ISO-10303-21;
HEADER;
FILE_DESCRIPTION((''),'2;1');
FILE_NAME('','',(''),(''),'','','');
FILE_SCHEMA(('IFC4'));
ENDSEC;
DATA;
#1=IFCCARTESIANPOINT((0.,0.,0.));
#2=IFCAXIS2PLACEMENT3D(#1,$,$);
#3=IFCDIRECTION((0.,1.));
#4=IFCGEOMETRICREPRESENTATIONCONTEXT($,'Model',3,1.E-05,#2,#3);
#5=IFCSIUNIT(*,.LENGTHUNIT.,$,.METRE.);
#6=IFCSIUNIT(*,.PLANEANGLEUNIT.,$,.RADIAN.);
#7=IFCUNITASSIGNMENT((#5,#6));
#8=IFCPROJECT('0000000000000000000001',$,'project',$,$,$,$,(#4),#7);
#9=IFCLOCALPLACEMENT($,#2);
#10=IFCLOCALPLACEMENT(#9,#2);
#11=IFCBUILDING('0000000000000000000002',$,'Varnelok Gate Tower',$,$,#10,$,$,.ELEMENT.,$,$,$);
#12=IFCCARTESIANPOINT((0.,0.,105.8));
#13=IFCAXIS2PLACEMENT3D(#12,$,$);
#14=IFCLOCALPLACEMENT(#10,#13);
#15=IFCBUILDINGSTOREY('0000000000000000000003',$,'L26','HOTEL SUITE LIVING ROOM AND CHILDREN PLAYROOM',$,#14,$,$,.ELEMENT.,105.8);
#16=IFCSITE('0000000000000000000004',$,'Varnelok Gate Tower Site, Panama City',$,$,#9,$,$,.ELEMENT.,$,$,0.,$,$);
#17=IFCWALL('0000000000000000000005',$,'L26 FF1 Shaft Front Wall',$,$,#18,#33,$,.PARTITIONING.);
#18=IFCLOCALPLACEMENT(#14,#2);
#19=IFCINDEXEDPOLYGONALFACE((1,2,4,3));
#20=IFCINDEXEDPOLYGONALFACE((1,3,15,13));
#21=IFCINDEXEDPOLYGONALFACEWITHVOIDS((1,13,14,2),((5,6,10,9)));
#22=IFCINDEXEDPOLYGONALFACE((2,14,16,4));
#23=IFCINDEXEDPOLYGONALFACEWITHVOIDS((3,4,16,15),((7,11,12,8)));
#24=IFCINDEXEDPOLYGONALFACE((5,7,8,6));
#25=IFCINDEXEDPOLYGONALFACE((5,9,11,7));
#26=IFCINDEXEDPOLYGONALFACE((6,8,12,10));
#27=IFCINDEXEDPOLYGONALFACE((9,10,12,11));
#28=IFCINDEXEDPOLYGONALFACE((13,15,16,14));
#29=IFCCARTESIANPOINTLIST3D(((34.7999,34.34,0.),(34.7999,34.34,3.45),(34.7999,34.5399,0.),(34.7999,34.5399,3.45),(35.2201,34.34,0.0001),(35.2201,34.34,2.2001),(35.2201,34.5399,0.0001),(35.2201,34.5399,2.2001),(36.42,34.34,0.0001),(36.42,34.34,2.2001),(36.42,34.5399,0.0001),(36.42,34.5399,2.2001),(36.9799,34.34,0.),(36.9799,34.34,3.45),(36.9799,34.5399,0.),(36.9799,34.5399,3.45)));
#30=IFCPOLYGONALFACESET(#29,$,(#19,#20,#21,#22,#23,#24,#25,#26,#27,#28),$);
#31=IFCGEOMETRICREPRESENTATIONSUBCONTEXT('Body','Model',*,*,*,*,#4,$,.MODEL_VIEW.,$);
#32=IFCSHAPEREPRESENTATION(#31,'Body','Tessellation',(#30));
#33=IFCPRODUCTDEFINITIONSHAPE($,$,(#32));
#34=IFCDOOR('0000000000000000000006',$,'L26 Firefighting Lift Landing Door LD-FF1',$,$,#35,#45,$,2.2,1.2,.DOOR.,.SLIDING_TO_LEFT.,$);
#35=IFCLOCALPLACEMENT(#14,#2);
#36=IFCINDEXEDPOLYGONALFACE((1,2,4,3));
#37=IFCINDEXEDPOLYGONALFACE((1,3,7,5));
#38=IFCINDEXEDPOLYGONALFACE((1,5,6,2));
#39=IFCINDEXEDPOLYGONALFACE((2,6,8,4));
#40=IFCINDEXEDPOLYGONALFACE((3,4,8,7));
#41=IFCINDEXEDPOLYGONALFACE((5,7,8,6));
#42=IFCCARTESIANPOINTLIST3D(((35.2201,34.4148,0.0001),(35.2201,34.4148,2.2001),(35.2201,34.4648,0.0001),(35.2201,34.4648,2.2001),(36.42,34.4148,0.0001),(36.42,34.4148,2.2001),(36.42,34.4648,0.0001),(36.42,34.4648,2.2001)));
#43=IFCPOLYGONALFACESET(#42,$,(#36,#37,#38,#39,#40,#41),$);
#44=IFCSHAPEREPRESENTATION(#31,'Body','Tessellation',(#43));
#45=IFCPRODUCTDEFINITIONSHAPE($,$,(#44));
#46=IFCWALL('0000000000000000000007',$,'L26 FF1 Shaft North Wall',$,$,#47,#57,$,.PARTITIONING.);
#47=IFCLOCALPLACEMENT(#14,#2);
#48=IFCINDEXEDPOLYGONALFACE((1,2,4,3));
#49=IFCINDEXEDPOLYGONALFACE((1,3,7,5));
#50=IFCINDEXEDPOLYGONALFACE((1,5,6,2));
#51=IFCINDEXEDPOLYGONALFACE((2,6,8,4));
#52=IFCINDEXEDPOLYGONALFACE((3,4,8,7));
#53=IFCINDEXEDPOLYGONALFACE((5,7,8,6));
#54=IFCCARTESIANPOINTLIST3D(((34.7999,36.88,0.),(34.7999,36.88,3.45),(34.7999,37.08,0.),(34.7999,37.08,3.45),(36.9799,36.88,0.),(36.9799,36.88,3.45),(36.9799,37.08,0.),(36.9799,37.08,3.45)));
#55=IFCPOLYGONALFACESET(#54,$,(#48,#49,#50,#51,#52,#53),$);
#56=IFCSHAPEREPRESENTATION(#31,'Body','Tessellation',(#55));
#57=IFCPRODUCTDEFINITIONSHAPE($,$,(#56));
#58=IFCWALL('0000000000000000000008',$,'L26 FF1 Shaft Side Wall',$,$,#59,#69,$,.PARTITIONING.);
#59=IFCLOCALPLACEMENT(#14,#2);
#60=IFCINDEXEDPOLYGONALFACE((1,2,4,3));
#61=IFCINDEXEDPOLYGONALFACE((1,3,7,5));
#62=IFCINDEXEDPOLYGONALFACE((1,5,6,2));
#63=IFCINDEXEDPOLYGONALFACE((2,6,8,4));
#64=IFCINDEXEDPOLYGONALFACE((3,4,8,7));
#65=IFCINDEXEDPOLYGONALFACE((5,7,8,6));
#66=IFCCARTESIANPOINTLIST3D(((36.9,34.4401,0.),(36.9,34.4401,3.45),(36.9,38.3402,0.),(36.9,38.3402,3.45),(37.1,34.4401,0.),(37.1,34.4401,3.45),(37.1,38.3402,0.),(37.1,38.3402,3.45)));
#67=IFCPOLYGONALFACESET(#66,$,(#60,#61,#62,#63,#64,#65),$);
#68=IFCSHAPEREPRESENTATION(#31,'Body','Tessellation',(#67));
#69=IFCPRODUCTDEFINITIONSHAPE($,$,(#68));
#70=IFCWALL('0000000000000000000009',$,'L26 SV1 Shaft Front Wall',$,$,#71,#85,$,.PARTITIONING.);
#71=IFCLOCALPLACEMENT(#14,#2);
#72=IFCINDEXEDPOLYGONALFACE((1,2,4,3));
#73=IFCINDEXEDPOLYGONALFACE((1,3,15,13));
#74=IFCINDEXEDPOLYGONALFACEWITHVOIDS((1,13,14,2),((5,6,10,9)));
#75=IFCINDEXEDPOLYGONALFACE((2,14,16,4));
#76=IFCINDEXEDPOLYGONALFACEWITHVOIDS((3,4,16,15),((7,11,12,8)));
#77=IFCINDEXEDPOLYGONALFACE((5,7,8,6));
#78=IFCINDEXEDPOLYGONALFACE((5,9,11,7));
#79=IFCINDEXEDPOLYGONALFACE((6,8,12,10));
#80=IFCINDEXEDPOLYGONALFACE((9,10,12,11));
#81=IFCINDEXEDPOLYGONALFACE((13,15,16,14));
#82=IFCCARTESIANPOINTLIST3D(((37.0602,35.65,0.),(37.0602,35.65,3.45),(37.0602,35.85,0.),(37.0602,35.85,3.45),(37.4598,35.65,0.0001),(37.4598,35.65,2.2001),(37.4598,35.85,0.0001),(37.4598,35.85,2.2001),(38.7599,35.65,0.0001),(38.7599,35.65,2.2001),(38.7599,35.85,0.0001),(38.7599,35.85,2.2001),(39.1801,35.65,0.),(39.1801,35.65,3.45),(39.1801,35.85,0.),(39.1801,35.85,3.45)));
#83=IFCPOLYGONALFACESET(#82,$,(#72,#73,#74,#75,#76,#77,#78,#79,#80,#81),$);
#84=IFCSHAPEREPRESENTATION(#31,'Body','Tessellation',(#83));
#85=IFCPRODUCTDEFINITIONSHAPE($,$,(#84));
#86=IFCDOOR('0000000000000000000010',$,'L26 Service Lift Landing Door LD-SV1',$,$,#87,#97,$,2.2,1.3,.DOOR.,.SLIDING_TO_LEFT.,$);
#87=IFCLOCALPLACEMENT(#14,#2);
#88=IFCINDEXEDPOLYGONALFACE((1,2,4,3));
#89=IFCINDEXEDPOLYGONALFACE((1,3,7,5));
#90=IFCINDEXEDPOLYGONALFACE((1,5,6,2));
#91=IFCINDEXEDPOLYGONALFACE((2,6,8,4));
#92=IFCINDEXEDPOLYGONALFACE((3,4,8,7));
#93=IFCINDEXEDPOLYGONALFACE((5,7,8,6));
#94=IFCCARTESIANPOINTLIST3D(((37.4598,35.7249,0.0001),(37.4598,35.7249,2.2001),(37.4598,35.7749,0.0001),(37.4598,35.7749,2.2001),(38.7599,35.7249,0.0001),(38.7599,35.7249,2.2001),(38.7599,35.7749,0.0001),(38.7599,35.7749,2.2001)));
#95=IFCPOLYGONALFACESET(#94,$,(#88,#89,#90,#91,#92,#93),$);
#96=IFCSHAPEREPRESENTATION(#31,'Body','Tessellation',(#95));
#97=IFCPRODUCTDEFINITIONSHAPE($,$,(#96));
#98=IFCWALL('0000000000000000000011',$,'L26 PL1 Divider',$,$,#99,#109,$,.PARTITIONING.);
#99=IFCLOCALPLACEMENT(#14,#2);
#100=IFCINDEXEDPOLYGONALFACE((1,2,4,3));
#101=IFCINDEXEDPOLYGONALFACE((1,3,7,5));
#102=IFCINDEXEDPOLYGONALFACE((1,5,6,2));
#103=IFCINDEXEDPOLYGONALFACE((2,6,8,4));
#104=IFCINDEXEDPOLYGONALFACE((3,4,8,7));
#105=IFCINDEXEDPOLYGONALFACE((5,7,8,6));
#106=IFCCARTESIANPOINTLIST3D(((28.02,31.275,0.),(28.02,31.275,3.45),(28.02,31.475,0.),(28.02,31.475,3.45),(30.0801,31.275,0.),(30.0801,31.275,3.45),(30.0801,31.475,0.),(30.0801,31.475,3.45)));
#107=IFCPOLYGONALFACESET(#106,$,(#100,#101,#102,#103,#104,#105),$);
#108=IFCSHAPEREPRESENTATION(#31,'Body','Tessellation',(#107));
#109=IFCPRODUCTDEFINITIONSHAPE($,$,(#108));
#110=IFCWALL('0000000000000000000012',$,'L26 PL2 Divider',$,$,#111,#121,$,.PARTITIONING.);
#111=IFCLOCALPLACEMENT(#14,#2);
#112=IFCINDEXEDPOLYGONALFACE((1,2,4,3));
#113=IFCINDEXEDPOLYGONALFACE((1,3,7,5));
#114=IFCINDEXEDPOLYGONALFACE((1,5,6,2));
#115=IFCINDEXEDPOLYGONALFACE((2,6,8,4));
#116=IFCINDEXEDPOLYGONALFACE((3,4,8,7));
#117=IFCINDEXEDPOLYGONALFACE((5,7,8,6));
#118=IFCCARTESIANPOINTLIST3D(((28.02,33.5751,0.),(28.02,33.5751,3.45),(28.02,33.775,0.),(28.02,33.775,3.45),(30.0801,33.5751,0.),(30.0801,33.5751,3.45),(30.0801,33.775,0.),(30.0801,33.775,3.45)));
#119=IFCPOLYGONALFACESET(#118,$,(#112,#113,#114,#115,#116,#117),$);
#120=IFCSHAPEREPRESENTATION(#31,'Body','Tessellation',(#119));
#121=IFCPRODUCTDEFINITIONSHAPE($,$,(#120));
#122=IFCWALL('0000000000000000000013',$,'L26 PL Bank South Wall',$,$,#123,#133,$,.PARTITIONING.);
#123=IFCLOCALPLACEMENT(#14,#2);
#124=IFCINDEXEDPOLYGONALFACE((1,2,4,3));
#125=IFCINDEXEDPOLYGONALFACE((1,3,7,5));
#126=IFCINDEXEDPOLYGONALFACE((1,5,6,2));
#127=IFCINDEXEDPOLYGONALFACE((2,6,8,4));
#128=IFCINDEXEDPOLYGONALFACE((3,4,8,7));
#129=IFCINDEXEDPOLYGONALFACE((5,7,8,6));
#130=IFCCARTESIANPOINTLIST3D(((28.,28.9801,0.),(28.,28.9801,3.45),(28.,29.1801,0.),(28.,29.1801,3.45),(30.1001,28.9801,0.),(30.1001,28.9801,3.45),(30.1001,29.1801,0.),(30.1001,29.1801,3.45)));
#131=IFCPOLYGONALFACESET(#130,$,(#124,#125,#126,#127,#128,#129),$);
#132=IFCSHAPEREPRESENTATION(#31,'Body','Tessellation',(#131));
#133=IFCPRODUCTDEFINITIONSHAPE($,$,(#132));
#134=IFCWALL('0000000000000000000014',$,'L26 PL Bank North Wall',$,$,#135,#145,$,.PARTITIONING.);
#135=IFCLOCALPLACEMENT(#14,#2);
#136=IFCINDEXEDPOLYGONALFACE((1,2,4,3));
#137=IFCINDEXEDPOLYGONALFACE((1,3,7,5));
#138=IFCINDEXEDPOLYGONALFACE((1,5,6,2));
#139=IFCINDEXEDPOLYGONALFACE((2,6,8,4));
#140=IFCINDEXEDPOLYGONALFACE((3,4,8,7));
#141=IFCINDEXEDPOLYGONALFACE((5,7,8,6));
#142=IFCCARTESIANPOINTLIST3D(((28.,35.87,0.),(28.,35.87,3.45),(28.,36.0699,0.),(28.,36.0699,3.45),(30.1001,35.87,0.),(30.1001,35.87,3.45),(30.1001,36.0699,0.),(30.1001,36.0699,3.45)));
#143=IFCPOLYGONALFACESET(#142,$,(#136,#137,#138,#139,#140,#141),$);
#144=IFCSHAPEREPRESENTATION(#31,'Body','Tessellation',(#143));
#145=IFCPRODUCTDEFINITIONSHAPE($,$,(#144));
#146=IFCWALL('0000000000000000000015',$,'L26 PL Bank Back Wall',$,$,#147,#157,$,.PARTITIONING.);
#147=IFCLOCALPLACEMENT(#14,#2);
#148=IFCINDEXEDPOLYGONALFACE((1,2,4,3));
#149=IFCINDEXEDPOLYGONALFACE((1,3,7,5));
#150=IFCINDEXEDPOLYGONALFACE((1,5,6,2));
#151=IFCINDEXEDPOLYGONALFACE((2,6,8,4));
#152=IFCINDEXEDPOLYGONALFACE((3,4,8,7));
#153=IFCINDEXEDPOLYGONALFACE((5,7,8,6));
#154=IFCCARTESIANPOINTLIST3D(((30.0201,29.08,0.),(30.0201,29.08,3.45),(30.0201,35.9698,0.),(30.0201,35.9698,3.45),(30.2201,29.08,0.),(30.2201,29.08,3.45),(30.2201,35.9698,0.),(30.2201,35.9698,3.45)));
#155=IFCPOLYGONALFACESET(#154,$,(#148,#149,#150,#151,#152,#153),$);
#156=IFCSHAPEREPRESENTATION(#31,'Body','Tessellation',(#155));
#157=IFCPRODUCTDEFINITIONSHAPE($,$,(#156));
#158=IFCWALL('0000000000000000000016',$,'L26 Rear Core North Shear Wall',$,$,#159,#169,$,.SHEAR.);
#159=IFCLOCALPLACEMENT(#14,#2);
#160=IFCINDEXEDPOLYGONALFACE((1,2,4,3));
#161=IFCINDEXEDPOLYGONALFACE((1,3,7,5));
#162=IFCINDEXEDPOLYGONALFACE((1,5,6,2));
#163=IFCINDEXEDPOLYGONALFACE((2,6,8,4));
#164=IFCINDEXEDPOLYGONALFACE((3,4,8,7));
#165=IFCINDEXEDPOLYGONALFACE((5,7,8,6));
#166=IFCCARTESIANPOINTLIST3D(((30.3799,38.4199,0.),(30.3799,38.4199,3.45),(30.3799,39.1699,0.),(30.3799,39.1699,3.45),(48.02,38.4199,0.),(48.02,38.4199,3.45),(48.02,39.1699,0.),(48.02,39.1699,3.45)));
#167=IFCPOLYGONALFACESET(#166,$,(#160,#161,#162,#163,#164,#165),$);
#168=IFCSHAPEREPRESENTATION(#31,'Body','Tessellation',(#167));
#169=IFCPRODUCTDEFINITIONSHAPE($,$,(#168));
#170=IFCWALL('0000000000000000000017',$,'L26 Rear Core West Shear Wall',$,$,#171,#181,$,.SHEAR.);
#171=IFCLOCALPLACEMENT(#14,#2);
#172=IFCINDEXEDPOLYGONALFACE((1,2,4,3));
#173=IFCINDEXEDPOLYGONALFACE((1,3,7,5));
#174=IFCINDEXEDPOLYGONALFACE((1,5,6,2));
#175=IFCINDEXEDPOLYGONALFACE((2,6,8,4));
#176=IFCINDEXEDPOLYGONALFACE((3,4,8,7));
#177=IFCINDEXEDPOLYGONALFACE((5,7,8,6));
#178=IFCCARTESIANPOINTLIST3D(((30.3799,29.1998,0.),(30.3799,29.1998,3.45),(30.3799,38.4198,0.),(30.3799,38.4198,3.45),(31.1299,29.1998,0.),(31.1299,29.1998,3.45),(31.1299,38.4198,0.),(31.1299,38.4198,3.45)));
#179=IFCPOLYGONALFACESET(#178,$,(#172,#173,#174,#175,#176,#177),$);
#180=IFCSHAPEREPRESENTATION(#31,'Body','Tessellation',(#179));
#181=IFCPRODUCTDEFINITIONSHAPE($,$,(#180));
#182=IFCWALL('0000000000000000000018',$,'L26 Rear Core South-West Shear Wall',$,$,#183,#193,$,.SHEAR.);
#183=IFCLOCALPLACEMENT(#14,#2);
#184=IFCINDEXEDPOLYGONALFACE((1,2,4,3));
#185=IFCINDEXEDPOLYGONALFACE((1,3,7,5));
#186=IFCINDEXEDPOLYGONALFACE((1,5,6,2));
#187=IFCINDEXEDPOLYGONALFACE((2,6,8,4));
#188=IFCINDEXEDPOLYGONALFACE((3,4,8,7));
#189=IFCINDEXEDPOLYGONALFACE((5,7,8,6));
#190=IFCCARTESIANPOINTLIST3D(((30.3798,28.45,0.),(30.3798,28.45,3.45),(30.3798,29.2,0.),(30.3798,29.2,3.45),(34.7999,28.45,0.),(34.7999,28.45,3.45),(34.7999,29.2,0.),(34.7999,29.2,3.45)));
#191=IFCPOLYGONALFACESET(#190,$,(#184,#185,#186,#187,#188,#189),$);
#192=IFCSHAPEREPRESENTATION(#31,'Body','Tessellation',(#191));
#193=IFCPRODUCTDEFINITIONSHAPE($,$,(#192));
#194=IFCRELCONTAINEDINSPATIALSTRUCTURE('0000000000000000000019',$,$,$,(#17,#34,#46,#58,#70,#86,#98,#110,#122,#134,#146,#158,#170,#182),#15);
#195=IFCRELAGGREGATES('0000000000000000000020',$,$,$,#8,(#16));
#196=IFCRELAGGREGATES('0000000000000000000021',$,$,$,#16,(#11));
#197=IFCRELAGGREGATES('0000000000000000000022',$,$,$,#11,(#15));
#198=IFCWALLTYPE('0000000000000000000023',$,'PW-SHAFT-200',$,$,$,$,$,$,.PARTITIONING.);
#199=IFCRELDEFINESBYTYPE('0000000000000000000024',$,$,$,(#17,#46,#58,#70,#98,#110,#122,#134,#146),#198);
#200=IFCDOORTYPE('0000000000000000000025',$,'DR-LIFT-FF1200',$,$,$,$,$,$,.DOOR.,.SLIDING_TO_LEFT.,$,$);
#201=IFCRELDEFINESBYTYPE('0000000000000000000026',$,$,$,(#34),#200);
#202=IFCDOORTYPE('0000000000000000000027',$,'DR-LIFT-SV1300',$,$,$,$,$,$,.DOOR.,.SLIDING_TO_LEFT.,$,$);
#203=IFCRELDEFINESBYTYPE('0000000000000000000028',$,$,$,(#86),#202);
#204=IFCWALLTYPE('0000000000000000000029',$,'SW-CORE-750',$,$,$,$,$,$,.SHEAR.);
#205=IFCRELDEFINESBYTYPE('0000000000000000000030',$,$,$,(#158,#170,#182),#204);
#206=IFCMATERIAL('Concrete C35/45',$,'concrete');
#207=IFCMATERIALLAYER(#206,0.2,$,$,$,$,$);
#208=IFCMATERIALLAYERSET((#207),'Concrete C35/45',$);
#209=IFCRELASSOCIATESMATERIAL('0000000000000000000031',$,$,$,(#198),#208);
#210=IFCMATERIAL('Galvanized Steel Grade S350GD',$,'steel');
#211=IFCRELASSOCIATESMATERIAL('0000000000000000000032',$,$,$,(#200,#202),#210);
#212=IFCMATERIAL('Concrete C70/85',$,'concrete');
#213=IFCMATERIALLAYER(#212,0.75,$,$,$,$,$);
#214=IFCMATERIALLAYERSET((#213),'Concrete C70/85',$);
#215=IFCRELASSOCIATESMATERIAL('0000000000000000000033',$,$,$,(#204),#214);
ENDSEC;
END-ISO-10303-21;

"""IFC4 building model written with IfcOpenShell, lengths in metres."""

from ifc_helpers import new_model, si_unit, direction, frame, frame_2d, origin, place, context, subcontext, project, spatial, rectangle, extrude, material, layer, layer_set, type_object, element, fill, save


model = new_model("IFC4")

# Units and contexts
model_context = context("Model", 3, precision=1e-05, world=origin(), true_north=direction((0.0, 1.0)))
body_context = subcontext(model_context, "Body", "Model", "MODEL_VIEW")
ifc_project = project(units=[si_unit("LENGTHUNIT", "METRE"), si_unit("PLANEANGLEUNIT", "RADIAN")], contexts=[model_context])

# Site, building, storey
site_placement = place(None, origin())
site = spatial("IfcSite", under=ifc_project, at=site_placement, Name="Varnelok Gate Tower Site, Panama City", CompositionType="ELEMENT", RefElevation=0.0)
building_placement = place(site_placement, origin())
building = spatial("IfcBuilding", under=site, at=building_placement, Name="Varnelok Gate Tower", CompositionType="ELEMENT")
storey_placement = place(building_placement, frame((0.0, 0.0, 105.8)))
storey = spatial("IfcBuildingStorey", under=building, at=storey_placement, Name="L26", Description="HOTEL SUITE LIVING ROOM AND CHILDREN PLAYROOM", CompositionType="ELEMENT", Elevation=105.8)

# Wall, opening, door
ifc_material_1 = material(Name="Concrete C35/45", Category="concrete")
ifc_layer_1 = layer(ifc_material_1, 0.2)
ifc_layer_set_1 = layer_set([ifc_layer_1], Name="Concrete C35/45")
wall_type_1 = type_object("IfcWallType", Name="PW-SHAFT-200", PredefinedType="PARTITIONING", material=ifc_layer_set_1)
wall_1_placement = place(storey_placement, frame((34.8, 34.4399, 0.0), z_axis=(0.0, 0.0, 1.0), x_axis=(1.0, 0.0, 0.0)))
wall_1 = element("IfcWall", 1, at=wall_1_placement, inside=storey, type_object=wall_type_1, Name="L26 FF1 Shaft Front Wall", PredefinedType="PARTITIONING", context=body_context, shape_type="SweptSolid", body=[
    extrude(rectangle(XDim=2.1799, YDim=0.2, at=frame_2d((1.0898, 0.0))), origin(), (0.0, 0.0, 1.0), 3.45),
])
opening_1_placement = place(wall_1_placement, frame((0.4199, 0.0, 0.0)))
opening_1 = element("IfcOpeningElement", 2, at=opening_1_placement, cuts=wall_1, PredefinedType="OPENING", context=body_context, shape_type="SweptSolid", body=[
    extrude(rectangle(XDim=1.2, YDim=2.2, at=frame_2d((0.6001, 1.1001))), frame((0.0, 0.1099, 0.0), z_axis=(0.0, -1.0, 0.0), x_axis=(1.0, 0.0, 0.0)), (0.0, 0.0, 1.0), 0.22),
])
ifc_material_2 = material(Name="Galvanized Steel Grade S350GD", Category="steel")
door_type_1 = type_object("IfcDoorType", Name="DR-LIFT-FF1200", OperationType="SLIDING_TO_LEFT", PredefinedType="DOOR", material=ifc_material_2)
door_1_placement = place(opening_1_placement, origin())
door_1 = element("IfcDoor", 3, at=door_1_placement, inside=storey, type_object=door_type_1, Name="L26 Firefighting Lift Landing Door LD-FF1", OperationType="SLIDING_TO_LEFT", OverallHeight=2.2, OverallWidth=1.2, PredefinedType="DOOR", context=body_context, shape_type="SweptSolid", body=[
    extrude(rectangle(XDim=1.2, YDim=2.2, at=frame_2d((0.6001, 1.1001))), frame((0.0, 0.0249, 0.0), z_axis=(0.0, -1.0, 0.0), x_axis=(1.0, 0.0, 0.0)), (0.0, 0.0, 1.0), 0.05),
])
fill(opening_1, door_1)

# Walls
wall_2_placement = place(storey_placement, frame((34.8, 36.98, 0.0), z_axis=(0.0, 0.0, 1.0), x_axis=(1.0, 0.0, 0.0)))
element("IfcWall", 4, at=wall_2_placement, inside=storey, type_object=wall_type_1, Name="L26 FF1 Shaft North Wall", PredefinedType="PARTITIONING", context=body_context, shape_type="SweptSolid", body=[
    extrude(rectangle(XDim=2.1799, YDim=0.2, at=frame_2d((1.0898, 0.0))), origin(), (0.0, 0.0, 1.0), 3.45),
])
wall_3_placement = place(storey_placement, frame((37.0, 34.4399, 0.0), z_axis=(0.0, 0.0, 1.0), x_axis=(0.0, 1.0, 0.0)))
element("IfcWall", 5, at=wall_3_placement, inside=storey, type_object=wall_type_1, Name="L26 FF1 Shaft Side Wall", PredefinedType="PARTITIONING", context=body_context, shape_type="SweptSolid", body=[
    extrude(rectangle(XDim=3.9001, YDim=0.2, at=frame_2d((1.9502, 0.0))), origin(), (0.0, 0.0, 1.0), 3.45),
])

# Wall, opening, door
wall_4_placement = place(storey_placement, frame((37.0601, 35.75, 0.0), z_axis=(0.0, 0.0, 1.0), x_axis=(1.0, 0.0, 0.0)))
wall_4 = element("IfcWall", 6, at=wall_4_placement, inside=storey, type_object=wall_type_1, Name="L26 SV1 Shaft Front Wall", PredefinedType="PARTITIONING", context=body_context, shape_type="SweptSolid", body=[
    extrude(rectangle(XDim=2.1199, YDim=0.2, at=frame_2d((1.0601, 0.0))), origin(), (0.0, 0.0, 1.0), 3.45),
])
opening_2_placement = place(wall_4_placement, frame((0.3999, 0.0, 0.0)))
opening_2 = element("IfcOpeningElement", 7, at=opening_2_placement, cuts=wall_4, PredefinedType="OPENING", context=body_context, shape_type="SweptSolid", body=[
    extrude(rectangle(XDim=1.3, YDim=2.2, at=frame_2d((0.6499, 1.1001))), frame((0.0, 0.1099, 0.0), z_axis=(0.0, -1.0, 0.0), x_axis=(1.0, 0.0, 0.0)), (0.0, 0.0, 1.0), 0.22),
])
door_type_2 = type_object("IfcDoorType", Name="DR-LIFT-SV1300", OperationType="SLIDING_TO_LEFT", PredefinedType="DOOR", material=ifc_material_2)
door_2_placement = place(opening_2_placement, origin())
door_2 = element("IfcDoor", 8, at=door_2_placement, inside=storey, type_object=door_type_2, Name="L26 Service Lift Landing Door LD-SV1", OperationType="SLIDING_TO_LEFT", OverallHeight=2.2, OverallWidth=1.3, PredefinedType="DOOR", context=body_context, shape_type="SweptSolid", body=[
    extrude(rectangle(XDim=1.3, YDim=2.2, at=frame_2d((0.6499, 1.1001))), frame((0.0, 0.0249, 0.0), z_axis=(0.0, -1.0, 0.0), x_axis=(1.0, 0.0, 0.0)), (0.0, 0.0, 1.0), 0.05),
])
fill(opening_2, door_2)

# Walls
for number, where, z_axis, x_axis, name in (
    (9, (28.02, 31.375, 0.0), (0.0, 0.0, 1.0), (1.0, 0.0, 0.0), "L26 PL1 Divider"),
    (10, (28.02, 33.675, 0.0), (0.0, 0.0, 1.0), (1.0, 0.0, 0.0), "L26 PL2 Divider"),
):
    element("IfcWall", number, at=place(storey_placement, frame(where, z_axis=z_axis, x_axis=x_axis)), inside=storey, type_object=wall_type_1, Name=name, PredefinedType="PARTITIONING", context=body_context, shape_type="SweptSolid", body=[
        extrude(rectangle(XDim=2.0601, YDim=0.2, at=frame_2d((1.03, 0.0))), origin(), (0.0, 0.0, 1.0), 3.45),
    ])
for number, where, z_axis, x_axis, name in (
    (11, (28.0, 29.0801, 0.0), (0.0, 0.0, 1.0), (1.0, 0.0, 0.0), "L26 PL Bank South Wall"),
    (12, (28.0, 35.97, 0.0), (0.0, 0.0, 1.0), (1.0, 0.0, 0.0), "L26 PL Bank North Wall"),
):
    element("IfcWall", number, at=place(storey_placement, frame(where, z_axis=z_axis, x_axis=x_axis)), inside=storey, type_object=wall_type_1, Name=name, PredefinedType="PARTITIONING", context=body_context, shape_type="SweptSolid", body=[
        extrude(rectangle(XDim=2.1001, YDim=0.2, at=frame_2d((1.05, 0.0))), origin(), (0.0, 0.0, 1.0), 3.45),
    ])
wall_5_placement = place(storey_placement, frame((30.1201, 29.0801, 0.0), z_axis=(0.0, 0.0, 1.0), x_axis=(0.0, 1.0, 0.0)))
element("IfcWall", 13, at=wall_5_placement, inside=storey, type_object=wall_type_1, Name="L26 PL Bank Back Wall", PredefinedType="PARTITIONING", context=body_context, shape_type="SweptSolid", body=[
    extrude(rectangle(XDim=6.8899, YDim=0.2, at=frame_2d((3.4448, 0.0))), origin(), (0.0, 0.0, 1.0), 3.45),
])
ifc_material_3 = material(Name="Concrete C70/85", Category="concrete")
ifc_layer_2 = layer(ifc_material_3, 0.75)
ifc_layer_set_2 = layer_set([ifc_layer_2], Name="Concrete C70/85")
wall_type_2 = type_object("IfcWallType", Name="SW-CORE-750", PredefinedType="SHEAR", material=ifc_layer_set_2)
wall_6_placement = place(storey_placement, frame((30.3799, 38.7949, 0.0), z_axis=(0.0, 0.0, 1.0), x_axis=(1.0, 0.0, 0.0)))
element("IfcWall", 14, at=wall_6_placement, inside=storey, type_object=wall_type_2, Name="L26 Rear Core North Shear Wall", PredefinedType="SHEAR", context=body_context, shape_type="SweptSolid", body=[
    extrude(rectangle(XDim=17.6401, YDim=0.75, at=frame_2d((8.8201, 0.0))), origin(), (0.0, 0.0, 1.0), 3.45),
])
wall_7_placement = place(storey_placement, frame((30.7549, 29.2, 0.0), z_axis=(0.0, 0.0, 1.0), x_axis=(0.0, 1.0, 0.0)))
element("IfcWall", 15, at=wall_7_placement, inside=storey, type_object=wall_type_2, Name="L26 Rear Core West Shear Wall", PredefinedType="SHEAR", context=body_context, shape_type="SweptSolid", body=[
    extrude(rectangle(XDim=9.22, YDim=0.75, at=frame_2d((4.6099, 0.0))), origin(), (0.0, 0.0, 1.0), 3.45),
])
wall_8_placement = place(storey_placement, frame((30.3799, 28.825, 0.0), z_axis=(0.0, 0.0, 1.0), x_axis=(1.0, 0.0, 0.0)))
element("IfcWall", 16, at=wall_8_placement, inside=storey, type_object=wall_type_2, Name="L26 Rear Core South-West Shear Wall", PredefinedType="SHEAR", context=body_context, shape_type="SweptSolid", body=[
    extrude(rectangle(XDim=4.4202, YDim=0.75, at=frame_2d((2.21, 0.0))), origin(), (0.0, 0.0, 1.0), 3.45),
])

save(model, "model.ifc")
